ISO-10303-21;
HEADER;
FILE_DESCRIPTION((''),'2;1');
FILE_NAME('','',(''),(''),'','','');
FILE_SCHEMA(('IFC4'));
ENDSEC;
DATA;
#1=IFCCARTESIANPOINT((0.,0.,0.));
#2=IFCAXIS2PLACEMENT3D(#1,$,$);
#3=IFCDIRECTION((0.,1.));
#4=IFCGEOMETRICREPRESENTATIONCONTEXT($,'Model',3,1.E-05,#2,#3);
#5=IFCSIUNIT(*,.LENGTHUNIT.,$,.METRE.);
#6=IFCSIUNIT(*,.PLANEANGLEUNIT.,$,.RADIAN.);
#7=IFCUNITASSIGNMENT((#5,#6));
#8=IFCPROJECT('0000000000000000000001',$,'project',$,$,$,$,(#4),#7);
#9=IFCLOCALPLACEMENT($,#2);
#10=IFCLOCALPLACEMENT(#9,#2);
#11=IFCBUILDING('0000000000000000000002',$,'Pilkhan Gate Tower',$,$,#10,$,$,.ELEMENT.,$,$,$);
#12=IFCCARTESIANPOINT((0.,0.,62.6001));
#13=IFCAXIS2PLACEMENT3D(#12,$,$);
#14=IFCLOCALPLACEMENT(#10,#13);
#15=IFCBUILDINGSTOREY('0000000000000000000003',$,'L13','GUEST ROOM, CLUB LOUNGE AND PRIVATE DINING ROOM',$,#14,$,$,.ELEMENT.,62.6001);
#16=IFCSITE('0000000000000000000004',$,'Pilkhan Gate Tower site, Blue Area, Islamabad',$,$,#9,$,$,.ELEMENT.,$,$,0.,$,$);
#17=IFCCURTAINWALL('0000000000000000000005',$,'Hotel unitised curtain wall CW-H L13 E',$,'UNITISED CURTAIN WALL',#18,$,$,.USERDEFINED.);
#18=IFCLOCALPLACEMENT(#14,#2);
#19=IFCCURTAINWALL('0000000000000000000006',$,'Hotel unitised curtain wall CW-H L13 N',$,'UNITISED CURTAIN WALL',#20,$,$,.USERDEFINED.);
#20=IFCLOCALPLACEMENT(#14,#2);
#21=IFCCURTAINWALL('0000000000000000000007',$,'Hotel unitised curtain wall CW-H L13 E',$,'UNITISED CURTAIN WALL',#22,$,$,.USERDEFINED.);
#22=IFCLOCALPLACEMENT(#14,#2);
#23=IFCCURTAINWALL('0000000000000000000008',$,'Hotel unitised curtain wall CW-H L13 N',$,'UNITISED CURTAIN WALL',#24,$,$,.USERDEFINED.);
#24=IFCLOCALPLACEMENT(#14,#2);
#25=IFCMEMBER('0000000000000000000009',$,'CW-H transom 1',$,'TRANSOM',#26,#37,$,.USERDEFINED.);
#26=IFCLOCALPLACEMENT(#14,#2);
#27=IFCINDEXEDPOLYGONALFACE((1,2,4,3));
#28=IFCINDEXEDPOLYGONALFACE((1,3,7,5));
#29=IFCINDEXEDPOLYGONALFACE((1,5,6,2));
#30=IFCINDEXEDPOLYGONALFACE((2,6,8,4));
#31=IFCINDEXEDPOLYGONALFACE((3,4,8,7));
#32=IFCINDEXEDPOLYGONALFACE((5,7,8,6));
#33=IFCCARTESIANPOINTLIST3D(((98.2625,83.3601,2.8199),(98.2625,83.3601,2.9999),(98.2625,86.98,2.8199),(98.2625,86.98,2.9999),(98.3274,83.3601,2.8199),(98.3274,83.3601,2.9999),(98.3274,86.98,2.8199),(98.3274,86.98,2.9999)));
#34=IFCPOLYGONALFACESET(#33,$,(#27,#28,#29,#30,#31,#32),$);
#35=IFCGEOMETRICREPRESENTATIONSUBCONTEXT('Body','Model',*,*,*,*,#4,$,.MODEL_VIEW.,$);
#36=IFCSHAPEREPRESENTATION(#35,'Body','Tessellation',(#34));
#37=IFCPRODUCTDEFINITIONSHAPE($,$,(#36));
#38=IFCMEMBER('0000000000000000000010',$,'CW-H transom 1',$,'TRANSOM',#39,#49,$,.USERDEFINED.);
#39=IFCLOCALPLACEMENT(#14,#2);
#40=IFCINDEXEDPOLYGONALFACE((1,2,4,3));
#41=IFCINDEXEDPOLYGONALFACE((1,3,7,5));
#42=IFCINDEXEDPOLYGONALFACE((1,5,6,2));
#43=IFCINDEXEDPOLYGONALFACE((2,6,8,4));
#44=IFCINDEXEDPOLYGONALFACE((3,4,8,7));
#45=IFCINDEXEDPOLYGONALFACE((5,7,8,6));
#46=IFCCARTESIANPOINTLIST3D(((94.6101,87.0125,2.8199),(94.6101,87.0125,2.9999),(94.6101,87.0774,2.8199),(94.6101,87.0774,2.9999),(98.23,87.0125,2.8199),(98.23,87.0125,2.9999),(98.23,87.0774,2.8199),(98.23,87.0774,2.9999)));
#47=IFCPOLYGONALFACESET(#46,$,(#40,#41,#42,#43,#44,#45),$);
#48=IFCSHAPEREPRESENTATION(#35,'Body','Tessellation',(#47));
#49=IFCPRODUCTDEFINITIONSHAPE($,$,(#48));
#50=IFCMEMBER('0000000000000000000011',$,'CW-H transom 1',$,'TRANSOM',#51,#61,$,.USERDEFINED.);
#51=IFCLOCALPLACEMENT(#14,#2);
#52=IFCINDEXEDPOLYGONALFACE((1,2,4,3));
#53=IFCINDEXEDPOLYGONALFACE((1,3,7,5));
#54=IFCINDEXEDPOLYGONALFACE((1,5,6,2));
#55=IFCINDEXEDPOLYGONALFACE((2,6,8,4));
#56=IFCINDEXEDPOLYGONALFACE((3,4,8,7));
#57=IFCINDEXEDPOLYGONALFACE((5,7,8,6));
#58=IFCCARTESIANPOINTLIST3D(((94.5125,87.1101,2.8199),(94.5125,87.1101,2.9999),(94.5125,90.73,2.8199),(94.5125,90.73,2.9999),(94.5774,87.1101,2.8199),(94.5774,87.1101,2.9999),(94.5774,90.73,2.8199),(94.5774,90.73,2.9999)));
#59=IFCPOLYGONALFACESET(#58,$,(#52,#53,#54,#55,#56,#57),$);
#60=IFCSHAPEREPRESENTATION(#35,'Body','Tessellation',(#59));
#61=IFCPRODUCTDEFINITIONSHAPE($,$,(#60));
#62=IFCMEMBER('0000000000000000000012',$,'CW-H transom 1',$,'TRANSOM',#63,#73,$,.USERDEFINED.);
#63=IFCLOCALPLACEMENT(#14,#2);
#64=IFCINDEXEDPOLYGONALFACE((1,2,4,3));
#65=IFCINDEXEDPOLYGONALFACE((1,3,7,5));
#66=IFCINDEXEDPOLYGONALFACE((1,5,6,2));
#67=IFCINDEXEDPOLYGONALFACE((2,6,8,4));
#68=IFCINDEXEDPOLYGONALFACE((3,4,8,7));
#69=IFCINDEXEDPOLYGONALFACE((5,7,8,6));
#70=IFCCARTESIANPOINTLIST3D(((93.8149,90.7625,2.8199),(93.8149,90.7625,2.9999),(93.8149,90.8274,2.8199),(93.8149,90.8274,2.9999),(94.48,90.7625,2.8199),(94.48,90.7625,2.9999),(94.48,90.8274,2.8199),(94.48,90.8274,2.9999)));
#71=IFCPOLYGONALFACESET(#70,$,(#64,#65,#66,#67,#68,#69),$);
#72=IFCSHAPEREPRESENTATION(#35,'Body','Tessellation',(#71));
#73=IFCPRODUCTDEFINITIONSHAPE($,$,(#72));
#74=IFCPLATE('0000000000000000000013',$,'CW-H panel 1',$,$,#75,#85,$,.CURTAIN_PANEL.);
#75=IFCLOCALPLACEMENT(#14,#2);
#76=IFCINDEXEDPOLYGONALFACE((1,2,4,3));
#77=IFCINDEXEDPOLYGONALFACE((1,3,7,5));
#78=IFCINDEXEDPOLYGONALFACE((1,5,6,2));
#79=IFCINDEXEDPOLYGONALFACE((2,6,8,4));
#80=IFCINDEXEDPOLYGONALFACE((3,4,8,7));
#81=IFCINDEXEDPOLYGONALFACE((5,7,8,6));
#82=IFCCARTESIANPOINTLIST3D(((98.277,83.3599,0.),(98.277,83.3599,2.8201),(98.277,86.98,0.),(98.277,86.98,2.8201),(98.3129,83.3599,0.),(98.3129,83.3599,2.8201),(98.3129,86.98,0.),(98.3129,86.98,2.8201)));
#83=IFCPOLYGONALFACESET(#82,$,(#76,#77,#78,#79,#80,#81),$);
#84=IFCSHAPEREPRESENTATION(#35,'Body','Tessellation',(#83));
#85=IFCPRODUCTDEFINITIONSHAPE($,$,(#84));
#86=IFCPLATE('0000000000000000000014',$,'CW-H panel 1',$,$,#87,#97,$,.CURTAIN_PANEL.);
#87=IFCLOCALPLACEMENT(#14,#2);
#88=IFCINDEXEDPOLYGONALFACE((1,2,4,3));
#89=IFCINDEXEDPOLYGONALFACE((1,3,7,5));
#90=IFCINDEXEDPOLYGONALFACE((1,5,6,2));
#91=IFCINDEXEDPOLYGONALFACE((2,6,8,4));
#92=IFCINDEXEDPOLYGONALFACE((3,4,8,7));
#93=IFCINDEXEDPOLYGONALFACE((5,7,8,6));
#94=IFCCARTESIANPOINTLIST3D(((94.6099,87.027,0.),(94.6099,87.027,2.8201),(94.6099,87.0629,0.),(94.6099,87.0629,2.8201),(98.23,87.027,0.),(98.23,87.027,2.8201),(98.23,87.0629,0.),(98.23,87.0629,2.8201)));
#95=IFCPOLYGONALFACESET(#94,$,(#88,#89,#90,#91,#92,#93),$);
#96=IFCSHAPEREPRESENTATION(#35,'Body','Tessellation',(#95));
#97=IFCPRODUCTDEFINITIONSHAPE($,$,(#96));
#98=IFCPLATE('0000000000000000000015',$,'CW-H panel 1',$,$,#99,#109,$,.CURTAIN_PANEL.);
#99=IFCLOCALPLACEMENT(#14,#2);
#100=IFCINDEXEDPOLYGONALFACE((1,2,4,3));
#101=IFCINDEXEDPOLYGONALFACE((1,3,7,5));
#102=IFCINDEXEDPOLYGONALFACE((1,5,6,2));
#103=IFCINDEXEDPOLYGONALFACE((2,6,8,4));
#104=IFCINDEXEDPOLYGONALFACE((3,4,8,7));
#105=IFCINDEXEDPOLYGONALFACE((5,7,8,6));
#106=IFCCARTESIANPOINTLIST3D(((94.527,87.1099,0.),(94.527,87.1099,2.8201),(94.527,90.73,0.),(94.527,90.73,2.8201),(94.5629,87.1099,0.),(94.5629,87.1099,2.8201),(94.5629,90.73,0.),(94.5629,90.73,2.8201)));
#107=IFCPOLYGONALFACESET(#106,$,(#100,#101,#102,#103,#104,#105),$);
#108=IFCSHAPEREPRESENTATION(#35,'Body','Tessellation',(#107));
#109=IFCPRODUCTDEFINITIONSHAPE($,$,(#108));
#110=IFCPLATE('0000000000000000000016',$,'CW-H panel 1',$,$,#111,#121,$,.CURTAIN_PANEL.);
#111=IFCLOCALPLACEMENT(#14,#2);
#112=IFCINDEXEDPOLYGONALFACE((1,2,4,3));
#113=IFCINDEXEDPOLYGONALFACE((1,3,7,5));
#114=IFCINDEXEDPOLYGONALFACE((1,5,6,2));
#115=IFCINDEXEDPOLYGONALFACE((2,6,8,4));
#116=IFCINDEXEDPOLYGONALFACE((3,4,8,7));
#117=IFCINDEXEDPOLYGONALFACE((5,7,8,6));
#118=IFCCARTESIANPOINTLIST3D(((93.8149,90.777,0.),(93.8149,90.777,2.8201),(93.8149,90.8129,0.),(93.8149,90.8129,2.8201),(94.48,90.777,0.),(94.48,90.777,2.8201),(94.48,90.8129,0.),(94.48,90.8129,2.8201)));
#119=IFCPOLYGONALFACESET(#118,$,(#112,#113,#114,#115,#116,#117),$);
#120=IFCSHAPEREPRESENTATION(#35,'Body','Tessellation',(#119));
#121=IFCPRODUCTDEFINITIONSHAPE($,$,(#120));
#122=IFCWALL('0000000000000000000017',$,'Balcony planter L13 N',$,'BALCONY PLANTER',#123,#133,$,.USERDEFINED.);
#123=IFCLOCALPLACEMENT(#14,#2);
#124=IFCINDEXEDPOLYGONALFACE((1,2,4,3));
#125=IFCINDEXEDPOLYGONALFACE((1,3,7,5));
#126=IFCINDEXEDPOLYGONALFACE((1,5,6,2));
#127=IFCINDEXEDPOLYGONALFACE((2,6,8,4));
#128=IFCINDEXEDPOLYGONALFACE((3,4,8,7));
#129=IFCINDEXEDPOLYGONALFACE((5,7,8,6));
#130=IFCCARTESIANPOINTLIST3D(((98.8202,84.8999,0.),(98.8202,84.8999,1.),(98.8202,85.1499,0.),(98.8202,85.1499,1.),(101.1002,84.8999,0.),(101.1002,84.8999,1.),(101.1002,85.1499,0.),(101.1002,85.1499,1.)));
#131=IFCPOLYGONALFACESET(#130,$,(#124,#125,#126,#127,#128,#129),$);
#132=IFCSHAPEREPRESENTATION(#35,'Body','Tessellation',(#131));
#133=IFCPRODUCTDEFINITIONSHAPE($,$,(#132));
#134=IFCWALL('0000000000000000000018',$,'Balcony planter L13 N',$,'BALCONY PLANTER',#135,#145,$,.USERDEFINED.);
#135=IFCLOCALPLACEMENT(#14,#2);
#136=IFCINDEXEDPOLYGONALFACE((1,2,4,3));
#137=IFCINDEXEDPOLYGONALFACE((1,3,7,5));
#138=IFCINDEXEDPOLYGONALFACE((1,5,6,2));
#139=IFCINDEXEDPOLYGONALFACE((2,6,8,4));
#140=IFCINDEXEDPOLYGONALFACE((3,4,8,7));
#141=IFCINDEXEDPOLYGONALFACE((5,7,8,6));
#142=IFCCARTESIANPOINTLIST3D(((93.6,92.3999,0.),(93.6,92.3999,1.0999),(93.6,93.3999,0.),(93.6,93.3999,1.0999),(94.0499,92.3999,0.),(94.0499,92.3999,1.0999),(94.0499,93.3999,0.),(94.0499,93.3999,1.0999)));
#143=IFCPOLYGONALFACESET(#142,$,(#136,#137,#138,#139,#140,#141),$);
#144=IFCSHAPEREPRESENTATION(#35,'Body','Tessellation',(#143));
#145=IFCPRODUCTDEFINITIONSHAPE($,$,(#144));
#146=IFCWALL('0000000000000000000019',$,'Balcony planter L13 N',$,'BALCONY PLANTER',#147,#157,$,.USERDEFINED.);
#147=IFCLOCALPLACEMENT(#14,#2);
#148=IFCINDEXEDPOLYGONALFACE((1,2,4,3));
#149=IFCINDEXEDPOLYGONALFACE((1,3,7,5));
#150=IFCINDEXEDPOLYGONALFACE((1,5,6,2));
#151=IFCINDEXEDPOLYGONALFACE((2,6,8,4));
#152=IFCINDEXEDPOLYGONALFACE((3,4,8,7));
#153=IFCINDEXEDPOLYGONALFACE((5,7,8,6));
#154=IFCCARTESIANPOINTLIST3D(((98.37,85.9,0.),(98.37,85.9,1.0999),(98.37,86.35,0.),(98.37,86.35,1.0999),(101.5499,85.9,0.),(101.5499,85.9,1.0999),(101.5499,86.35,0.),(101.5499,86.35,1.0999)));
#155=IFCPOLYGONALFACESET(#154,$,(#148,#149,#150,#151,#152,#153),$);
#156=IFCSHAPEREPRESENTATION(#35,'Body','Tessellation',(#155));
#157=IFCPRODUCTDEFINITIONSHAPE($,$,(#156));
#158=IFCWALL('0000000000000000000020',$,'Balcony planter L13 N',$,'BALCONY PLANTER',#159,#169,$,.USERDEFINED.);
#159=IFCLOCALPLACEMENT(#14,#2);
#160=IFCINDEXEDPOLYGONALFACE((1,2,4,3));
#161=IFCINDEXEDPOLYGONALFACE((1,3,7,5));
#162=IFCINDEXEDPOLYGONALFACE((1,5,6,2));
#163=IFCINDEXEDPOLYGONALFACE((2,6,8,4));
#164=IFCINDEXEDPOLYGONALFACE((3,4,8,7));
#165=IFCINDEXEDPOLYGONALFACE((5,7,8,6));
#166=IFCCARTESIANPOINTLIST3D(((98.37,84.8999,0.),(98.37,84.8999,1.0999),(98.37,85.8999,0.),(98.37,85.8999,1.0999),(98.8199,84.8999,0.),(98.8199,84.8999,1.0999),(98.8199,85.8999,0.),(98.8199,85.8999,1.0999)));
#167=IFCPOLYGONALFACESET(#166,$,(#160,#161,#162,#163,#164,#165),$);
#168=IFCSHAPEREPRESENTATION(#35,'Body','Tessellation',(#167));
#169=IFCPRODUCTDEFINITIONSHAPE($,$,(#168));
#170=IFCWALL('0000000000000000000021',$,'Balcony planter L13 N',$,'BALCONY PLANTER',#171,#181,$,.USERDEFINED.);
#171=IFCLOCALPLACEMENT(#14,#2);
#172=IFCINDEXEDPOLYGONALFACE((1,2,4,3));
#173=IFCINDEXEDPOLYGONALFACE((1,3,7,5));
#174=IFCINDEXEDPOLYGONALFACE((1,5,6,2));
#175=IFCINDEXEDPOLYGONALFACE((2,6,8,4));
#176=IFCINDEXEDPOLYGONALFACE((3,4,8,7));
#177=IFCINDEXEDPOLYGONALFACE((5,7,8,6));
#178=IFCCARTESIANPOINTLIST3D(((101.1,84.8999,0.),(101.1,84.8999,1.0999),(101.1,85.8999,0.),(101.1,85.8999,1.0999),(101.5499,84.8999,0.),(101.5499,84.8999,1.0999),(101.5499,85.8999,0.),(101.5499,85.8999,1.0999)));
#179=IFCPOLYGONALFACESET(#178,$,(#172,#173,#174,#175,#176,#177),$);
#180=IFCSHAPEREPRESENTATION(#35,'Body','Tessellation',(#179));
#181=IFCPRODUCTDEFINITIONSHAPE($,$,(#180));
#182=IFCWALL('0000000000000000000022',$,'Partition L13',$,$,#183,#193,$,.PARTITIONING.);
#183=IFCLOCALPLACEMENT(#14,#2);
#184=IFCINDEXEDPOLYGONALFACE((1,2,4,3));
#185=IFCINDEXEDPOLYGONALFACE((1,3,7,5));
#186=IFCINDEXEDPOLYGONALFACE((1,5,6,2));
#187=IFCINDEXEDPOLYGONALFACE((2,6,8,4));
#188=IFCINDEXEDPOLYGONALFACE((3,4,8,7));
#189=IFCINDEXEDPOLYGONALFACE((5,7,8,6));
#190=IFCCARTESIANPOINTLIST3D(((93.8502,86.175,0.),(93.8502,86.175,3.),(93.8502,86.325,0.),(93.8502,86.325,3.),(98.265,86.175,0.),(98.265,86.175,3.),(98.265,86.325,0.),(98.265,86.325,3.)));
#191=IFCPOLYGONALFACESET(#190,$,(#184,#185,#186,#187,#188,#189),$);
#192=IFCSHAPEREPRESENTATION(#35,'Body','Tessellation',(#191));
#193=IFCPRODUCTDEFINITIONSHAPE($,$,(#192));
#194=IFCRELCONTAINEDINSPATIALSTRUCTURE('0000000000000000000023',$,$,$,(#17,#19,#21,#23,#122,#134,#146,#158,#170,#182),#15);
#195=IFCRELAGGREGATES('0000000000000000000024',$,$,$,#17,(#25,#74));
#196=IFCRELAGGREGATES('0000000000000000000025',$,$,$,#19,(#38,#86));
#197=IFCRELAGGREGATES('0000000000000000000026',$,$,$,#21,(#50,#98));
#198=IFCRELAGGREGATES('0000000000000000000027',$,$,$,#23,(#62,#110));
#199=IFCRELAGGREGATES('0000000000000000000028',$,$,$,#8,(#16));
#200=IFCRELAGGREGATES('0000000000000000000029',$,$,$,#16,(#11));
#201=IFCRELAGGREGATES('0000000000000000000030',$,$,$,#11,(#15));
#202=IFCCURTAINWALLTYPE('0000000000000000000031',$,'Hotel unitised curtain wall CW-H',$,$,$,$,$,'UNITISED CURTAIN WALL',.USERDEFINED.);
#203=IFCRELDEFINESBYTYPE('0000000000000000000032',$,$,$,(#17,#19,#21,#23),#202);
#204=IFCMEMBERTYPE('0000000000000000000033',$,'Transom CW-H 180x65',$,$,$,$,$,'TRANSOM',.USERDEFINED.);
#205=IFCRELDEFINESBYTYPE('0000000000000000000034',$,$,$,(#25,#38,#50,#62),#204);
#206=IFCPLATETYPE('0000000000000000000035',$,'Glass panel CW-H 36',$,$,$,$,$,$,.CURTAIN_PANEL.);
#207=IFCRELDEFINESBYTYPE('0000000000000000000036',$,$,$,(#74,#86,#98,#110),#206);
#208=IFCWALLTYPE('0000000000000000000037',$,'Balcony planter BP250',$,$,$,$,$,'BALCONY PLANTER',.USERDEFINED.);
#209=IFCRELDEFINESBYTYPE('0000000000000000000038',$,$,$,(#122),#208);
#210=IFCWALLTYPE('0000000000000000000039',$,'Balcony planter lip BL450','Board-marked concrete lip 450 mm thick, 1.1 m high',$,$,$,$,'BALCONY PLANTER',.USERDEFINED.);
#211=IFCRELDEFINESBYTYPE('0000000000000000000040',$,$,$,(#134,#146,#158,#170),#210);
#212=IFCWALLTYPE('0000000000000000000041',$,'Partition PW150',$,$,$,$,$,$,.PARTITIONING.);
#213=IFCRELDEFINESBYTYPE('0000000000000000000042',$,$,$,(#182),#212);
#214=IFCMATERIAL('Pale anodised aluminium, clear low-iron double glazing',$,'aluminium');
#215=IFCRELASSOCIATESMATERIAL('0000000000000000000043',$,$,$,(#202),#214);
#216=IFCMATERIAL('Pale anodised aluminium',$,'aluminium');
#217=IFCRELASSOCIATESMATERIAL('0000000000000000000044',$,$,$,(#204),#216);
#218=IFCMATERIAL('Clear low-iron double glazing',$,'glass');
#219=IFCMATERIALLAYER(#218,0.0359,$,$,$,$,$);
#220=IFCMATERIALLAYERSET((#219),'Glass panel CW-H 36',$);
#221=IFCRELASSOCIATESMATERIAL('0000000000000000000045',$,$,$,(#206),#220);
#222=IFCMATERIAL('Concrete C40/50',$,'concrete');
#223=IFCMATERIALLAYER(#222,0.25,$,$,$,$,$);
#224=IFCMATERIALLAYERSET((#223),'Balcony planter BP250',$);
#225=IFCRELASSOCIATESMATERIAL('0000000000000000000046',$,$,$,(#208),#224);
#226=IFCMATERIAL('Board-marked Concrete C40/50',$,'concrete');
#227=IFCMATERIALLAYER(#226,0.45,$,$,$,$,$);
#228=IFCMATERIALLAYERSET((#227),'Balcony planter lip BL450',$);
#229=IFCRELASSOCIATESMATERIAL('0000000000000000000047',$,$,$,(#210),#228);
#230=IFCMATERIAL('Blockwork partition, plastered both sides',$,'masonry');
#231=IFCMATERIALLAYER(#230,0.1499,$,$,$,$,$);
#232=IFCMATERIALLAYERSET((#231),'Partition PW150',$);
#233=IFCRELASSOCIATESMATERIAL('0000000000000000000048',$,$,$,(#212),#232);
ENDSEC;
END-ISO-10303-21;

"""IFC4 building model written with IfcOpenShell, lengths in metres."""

from ifc_helpers import new_model, si_unit, direction, frame, frame_2d, origin, origin_2d, place, context, subcontext, project, spatial, rectangle, extrude, material, layer, layer_set, material_profile, profile_set, type_object, element, aggregate, save


model = new_model("IFC4")

# Units and contexts
model_context = context("Model", 3, precision=1e-05, world=origin(), true_north=direction((0.0, 1.0)))
body_context = subcontext(model_context, "Body", "Model", "MODEL_VIEW")
ifc_project = project(units=[si_unit("LENGTHUNIT", "METRE"), si_unit("PLANEANGLEUNIT", "RADIAN")], contexts=[model_context])

# Site, building, storey
site_placement = place(None, origin())
site = spatial("IfcSite", under=ifc_project, at=site_placement, Name="Pilkhan Gate Tower site, Blue Area, Islamabad", CompositionType="ELEMENT", RefElevation=0.0)
building_placement = place(site_placement, origin())
building = spatial("IfcBuilding", under=site, at=building_placement, Name="Pilkhan Gate Tower", CompositionType="ELEMENT")
storey_placement = place(building_placement, frame((0.0, 0.0, 62.6001)))
storey = spatial("IfcBuildingStorey", under=building, at=storey_placement, Name="L13", Description="GUEST ROOM, CLUB LOUNGE AND PRIVATE DINING ROOM", CompositionType="ELEMENT", Elevation=62.6001)

# Shared definitions
ifc_material_1 = material(Name="Pale anodised aluminium, clear low-iron double glazing", Category="aluminium")
curtain_wall_type = type_object("IfcCurtainWallType", Name="Hotel unitised curtain wall CW-H", ElementType="UNITISED CURTAIN WALL", PredefinedType="USERDEFINED", material=ifc_material_1)
ifc_material_2 = material(Name="Pale anodised aluminium", Category="aluminium")

# Curtain walls
curtain_wall_1_placement = place(storey_placement, origin())
curtain_wall_1 = element("IfcCurtainWall", 1, at=curtain_wall_1_placement, inside=storey, type_object=curtain_wall_type, Name="Hotel unitised curtain wall CW-H L13 E", ObjectType="UNITISED CURTAIN WALL", PredefinedType="USERDEFINED")
curtain_wall_2_placement = place(storey_placement, origin())
curtain_wall_2 = element("IfcCurtainWall", 2, at=curtain_wall_2_placement, inside=storey, type_object=curtain_wall_type, Name="Hotel unitised curtain wall CW-H L13 N", ObjectType="UNITISED CURTAIN WALL", PredefinedType="USERDEFINED")
curtain_wall_3_placement = place(storey_placement, origin())
curtain_wall_3 = element("IfcCurtainWall", 3, at=curtain_wall_3_placement, inside=storey, type_object=curtain_wall_type, Name="Hotel unitised curtain wall CW-H L13 E", ObjectType="UNITISED CURTAIN WALL", PredefinedType="USERDEFINED")
curtain_wall_4_placement = place(storey_placement, origin())
curtain_wall_4 = element("IfcCurtainWall", 4, at=curtain_wall_4_placement, inside=storey, type_object=curtain_wall_type, Name="Hotel unitised curtain wall CW-H L13 N", ObjectType="UNITISED CURTAIN WALL", PredefinedType="USERDEFINED")

# Members
ifc_material_profile_1 = material_profile(ifc_material_2, rectangle(XDim=0.0649, YDim=0.1799, at=origin_2d()), Name="Transom 180x65")
ifc_profile_set_1 = profile_set([ifc_material_profile_1], Name="Pale anodised aluminium")
member_type_1 = type_object("IfcMemberType", Name="Transom CW-H 180x65", ElementType="TRANSOM", PredefinedType="USERDEFINED", material=ifc_profile_set_1)
member_1_placement = place(storey_placement, frame((98.2949, 83.3601, 2.9099), z_axis=(0.0, 1.0, 0.0), x_axis=(-1.0, 0.0, 0.0)))
member_1 = element("IfcMember", 5, at=member_1_placement, type_object=member_type_1, Name="CW-H transom 1", ObjectType="TRANSOM", PredefinedType="USERDEFINED", context=body_context, shape_type="SweptSolid", body=[
    extrude(rectangle(XDim=0.0649, YDim=0.1799, at=origin_2d()), origin(), (0.0, 0.0, 1.0), 3.6199),
])
member_2_placement = place(storey_placement, frame((94.6101, 87.0449, 2.9099), z_axis=(1.0, 0.0, 0.0), x_axis=(0.0, 1.0, 0.0)))
member_2 = element("IfcMember", 6, at=member_2_placement, type_object=member_type_1, Name="CW-H transom 1", ObjectType="TRANSOM", PredefinedType="USERDEFINED", context=body_context, shape_type="SweptSolid", body=[
    extrude(rectangle(XDim=0.0649, YDim=0.1799, at=origin_2d()), origin(), (0.0, 0.0, 1.0), 3.6199),
])
member_3_placement = place(storey_placement, frame((94.5449, 87.1101, 2.9099), z_axis=(0.0, 1.0, 0.0), x_axis=(-1.0, 0.0, 0.0)))
member_3 = element("IfcMember", 7, at=member_3_placement, type_object=member_type_1, Name="CW-H transom 1", ObjectType="TRANSOM", PredefinedType="USERDEFINED", context=body_context, shape_type="SweptSolid", body=[
    extrude(rectangle(XDim=0.0649, YDim=0.1799, at=origin_2d()), origin(), (0.0, 0.0, 1.0), 3.6199),
])
member_4_placement = place(storey_placement, frame((93.8149, 90.7949, 2.9099), z_axis=(1.0, 0.0, 0.0), x_axis=(0.0, 1.0, 0.0)))
member_4 = element("IfcMember", 8, at=member_4_placement, type_object=member_type_1, Name="CW-H transom 1", ObjectType="TRANSOM", PredefinedType="USERDEFINED", context=body_context, shape_type="SweptSolid", body=[
    extrude(rectangle(XDim=0.0649, YDim=0.1799, at=origin_2d()), origin(), (0.0, 0.0, 1.0), 0.665),
])

# Plates
ifc_material_3 = material(Name="Clear low-iron double glazing", Category="glass")
ifc_layer_1 = layer(ifc_material_3, 0.0359)
ifc_layer_set_1 = layer_set([ifc_layer_1], Name="Glass panel CW-H 36")
plate_type = type_object("IfcPlateType", Name="Glass panel CW-H 36", PredefinedType="CURTAIN_PANEL", material=ifc_layer_set_1)
plate_1_placement = place(storey_placement, frame((98.2949, 85.1699, 0.0), z_axis=(0.0, 0.0, 1.0), x_axis=(0.0, 1.0, 0.0)))
plate_1 = element("IfcPlate", 9, at=plate_1_placement, type_object=plate_type, Name="CW-H panel 1", PredefinedType="CURTAIN_PANEL", context=body_context, shape_type="SweptSolid", body=[
    extrude(rectangle(XDim=3.6201, YDim=0.0359, at=origin_2d()), origin(), (0.0, 0.0, 1.0), 2.8201),
])
aggregate(curtain_wall_1, [member_1, plate_1])
plate_2_placement = place(storey_placement, frame((96.4199, 87.0449, 0.0), z_axis=(0.0, 0.0, 1.0), x_axis=(1.0, 0.0, 0.0)))
plate_2 = element("IfcPlate", 10, at=plate_2_placement, type_object=plate_type, Name="CW-H panel 1", PredefinedType="CURTAIN_PANEL", context=body_context, shape_type="SweptSolid", body=[
    extrude(rectangle(XDim=3.6201, YDim=0.0359, at=origin_2d()), origin(), (0.0, 0.0, 1.0), 2.8201),
])
aggregate(curtain_wall_2, [member_2, plate_2])
plate_3_placement = place(storey_placement, frame((94.5449, 88.9199, 0.0), z_axis=(0.0, 0.0, 1.0), x_axis=(0.0, 1.0, 0.0)))
plate_3 = element("IfcPlate", 11, at=plate_3_placement, type_object=plate_type, Name="CW-H panel 1", PredefinedType="CURTAIN_PANEL", context=body_context, shape_type="SweptSolid", body=[
    extrude(rectangle(XDim=3.6201, YDim=0.0359, at=origin_2d()), origin(), (0.0, 0.0, 1.0), 2.8201),
])
aggregate(curtain_wall_3, [member_3, plate_3])
plate_4_placement = place(storey_placement, frame((94.1475, 90.7949, 0.0), z_axis=(0.0, 0.0, 1.0), x_axis=(1.0, 0.0, 0.0)))
plate_4 = element("IfcPlate", 12, at=plate_4_placement, type_object=plate_type, Name="CW-H panel 1", PredefinedType="CURTAIN_PANEL", context=body_context, shape_type="SweptSolid", body=[
    extrude(rectangle(XDim=0.665, YDim=0.0359, at=origin_2d()), origin(), (0.0, 0.0, 1.0), 2.8201),
])
aggregate(curtain_wall_4, [member_4, plate_4])

# Walls
ifc_material_4 = material(Name="Concrete C40/50", Category="concrete")
ifc_layer_2 = layer(ifc_material_4, 0.25)
ifc_layer_set_2 = layer_set([ifc_layer_2], Name="Balcony planter BP250")
wall_type_1 = type_object("IfcWallType", Name="Balcony planter BP250", ElementType="BALCONY PLANTER", PredefinedType="USERDEFINED", material=ifc_layer_set_2)
wall_1_placement = place(storey_placement, frame((98.8201, 85.0249, 0.0), z_axis=(0.0, 0.0, 1.0), x_axis=(1.0, 0.0, 0.0)))
element("IfcWall", 13, at=wall_1_placement, inside=storey, type_object=wall_type_1, Name="Balcony planter L13 N", ObjectType="BALCONY PLANTER", PredefinedType="USERDEFINED", context=body_context, shape_type="SweptSolid", body=[
    extrude(rectangle(XDim=2.28, YDim=0.25, at=frame_2d((1.1401, 0.0))), origin(), (0.0, 0.0, 1.0), 1.0),
])
ifc_material_5 = material(Name="Board-marked Concrete C40/50", Category="concrete")
ifc_layer_3 = layer(ifc_material_5, 0.45)
ifc_layer_set_3 = layer_set([ifc_layer_3], Name="Balcony planter lip BL450")
wall_type_2 = type_object("IfcWallType", Name="Balcony planter lip BL450", Description="Board-marked concrete lip 450 mm thick, 1.1 m high", ElementType="BALCONY PLANTER", PredefinedType="USERDEFINED", material=ifc_layer_set_3)
wall_2_placement = place(storey_placement, frame((93.825, 92.3999, 0.0), z_axis=(0.0, 0.0, 1.0), x_axis=(0.0, 1.0, 0.0)))
element("IfcWall", 14, at=wall_2_placement, inside=storey, type_object=wall_type_2, Name="Balcony planter L13 N", ObjectType="BALCONY PLANTER", PredefinedType="USERDEFINED", context=body_context, shape_type="SweptSolid", body=[
    extrude(rectangle(XDim=1.0, YDim=0.45, at=frame_2d((0.5, 0.0))), origin(), (0.0, 0.0, 1.0), 1.0999),
])
wall_3_placement = place(storey_placement, frame((98.3701, 86.125, 0.0), z_axis=(0.0, 0.0, 1.0), x_axis=(1.0, 0.0, 0.0)))
element("IfcWall", 15, at=wall_3_placement, inside=storey, type_object=wall_type_2, Name="Balcony planter L13 N", ObjectType="BALCONY PLANTER", PredefinedType="USERDEFINED", context=body_context, shape_type="SweptSolid", body=[
    extrude(rectangle(XDim=3.1799, YDim=0.45, at=frame_2d((1.5898, 0.0))), origin(), (0.0, 0.0, 1.0), 1.0999),
])
for number, where, z_axis, x_axis, name in (
    (16, (98.595, 84.8999, 0.0), (0.0, 0.0, 1.0), (0.0, 1.0, 0.0), "Balcony planter L13 N"),
    (17, (101.325, 84.8999, 0.0), (0.0, 0.0, 1.0), (0.0, 1.0, 0.0), "Balcony planter L13 N"),
):
    element("IfcWall", number, at=place(storey_placement, frame(where, z_axis=z_axis, x_axis=x_axis)), inside=storey, type_object=wall_type_2, Name=name, ObjectType="BALCONY PLANTER", PredefinedType="USERDEFINED", context=body_context, shape_type="SweptSolid", body=[
        extrude(rectangle(XDim=1.0, YDim=0.45, at=frame_2d((0.5, 0.0))), origin(), (0.0, 0.0, 1.0), 1.0999),
    ])
ifc_material_6 = material(Name="Blockwork partition, plastered both sides", Category="masonry")
ifc_layer_4 = layer(ifc_material_6, 0.1499)
ifc_layer_set_4 = layer_set([ifc_layer_4], Name="Partition PW150")
wall_type_3 = type_object("IfcWallType", Name="Partition PW150", PredefinedType="PARTITIONING", material=ifc_layer_set_4)
wall_4_placement = place(storey_placement, frame((93.8501, 86.25, 0.0), z_axis=(0.0, 0.0, 1.0), x_axis=(1.0, 0.0, 0.0)))
element("IfcWall", 18, at=wall_4_placement, inside=storey, type_object=wall_type_3, Name="Partition L13", PredefinedType="PARTITIONING", context=body_context, shape_type="SweptSolid", body=[
    extrude(rectangle(XDim=4.4148, YDim=0.1499, at=frame_2d((2.2075, 0.0))), origin(), (0.0, 0.0, 1.0), 3.0),
])

save(model, "model.ifc")
